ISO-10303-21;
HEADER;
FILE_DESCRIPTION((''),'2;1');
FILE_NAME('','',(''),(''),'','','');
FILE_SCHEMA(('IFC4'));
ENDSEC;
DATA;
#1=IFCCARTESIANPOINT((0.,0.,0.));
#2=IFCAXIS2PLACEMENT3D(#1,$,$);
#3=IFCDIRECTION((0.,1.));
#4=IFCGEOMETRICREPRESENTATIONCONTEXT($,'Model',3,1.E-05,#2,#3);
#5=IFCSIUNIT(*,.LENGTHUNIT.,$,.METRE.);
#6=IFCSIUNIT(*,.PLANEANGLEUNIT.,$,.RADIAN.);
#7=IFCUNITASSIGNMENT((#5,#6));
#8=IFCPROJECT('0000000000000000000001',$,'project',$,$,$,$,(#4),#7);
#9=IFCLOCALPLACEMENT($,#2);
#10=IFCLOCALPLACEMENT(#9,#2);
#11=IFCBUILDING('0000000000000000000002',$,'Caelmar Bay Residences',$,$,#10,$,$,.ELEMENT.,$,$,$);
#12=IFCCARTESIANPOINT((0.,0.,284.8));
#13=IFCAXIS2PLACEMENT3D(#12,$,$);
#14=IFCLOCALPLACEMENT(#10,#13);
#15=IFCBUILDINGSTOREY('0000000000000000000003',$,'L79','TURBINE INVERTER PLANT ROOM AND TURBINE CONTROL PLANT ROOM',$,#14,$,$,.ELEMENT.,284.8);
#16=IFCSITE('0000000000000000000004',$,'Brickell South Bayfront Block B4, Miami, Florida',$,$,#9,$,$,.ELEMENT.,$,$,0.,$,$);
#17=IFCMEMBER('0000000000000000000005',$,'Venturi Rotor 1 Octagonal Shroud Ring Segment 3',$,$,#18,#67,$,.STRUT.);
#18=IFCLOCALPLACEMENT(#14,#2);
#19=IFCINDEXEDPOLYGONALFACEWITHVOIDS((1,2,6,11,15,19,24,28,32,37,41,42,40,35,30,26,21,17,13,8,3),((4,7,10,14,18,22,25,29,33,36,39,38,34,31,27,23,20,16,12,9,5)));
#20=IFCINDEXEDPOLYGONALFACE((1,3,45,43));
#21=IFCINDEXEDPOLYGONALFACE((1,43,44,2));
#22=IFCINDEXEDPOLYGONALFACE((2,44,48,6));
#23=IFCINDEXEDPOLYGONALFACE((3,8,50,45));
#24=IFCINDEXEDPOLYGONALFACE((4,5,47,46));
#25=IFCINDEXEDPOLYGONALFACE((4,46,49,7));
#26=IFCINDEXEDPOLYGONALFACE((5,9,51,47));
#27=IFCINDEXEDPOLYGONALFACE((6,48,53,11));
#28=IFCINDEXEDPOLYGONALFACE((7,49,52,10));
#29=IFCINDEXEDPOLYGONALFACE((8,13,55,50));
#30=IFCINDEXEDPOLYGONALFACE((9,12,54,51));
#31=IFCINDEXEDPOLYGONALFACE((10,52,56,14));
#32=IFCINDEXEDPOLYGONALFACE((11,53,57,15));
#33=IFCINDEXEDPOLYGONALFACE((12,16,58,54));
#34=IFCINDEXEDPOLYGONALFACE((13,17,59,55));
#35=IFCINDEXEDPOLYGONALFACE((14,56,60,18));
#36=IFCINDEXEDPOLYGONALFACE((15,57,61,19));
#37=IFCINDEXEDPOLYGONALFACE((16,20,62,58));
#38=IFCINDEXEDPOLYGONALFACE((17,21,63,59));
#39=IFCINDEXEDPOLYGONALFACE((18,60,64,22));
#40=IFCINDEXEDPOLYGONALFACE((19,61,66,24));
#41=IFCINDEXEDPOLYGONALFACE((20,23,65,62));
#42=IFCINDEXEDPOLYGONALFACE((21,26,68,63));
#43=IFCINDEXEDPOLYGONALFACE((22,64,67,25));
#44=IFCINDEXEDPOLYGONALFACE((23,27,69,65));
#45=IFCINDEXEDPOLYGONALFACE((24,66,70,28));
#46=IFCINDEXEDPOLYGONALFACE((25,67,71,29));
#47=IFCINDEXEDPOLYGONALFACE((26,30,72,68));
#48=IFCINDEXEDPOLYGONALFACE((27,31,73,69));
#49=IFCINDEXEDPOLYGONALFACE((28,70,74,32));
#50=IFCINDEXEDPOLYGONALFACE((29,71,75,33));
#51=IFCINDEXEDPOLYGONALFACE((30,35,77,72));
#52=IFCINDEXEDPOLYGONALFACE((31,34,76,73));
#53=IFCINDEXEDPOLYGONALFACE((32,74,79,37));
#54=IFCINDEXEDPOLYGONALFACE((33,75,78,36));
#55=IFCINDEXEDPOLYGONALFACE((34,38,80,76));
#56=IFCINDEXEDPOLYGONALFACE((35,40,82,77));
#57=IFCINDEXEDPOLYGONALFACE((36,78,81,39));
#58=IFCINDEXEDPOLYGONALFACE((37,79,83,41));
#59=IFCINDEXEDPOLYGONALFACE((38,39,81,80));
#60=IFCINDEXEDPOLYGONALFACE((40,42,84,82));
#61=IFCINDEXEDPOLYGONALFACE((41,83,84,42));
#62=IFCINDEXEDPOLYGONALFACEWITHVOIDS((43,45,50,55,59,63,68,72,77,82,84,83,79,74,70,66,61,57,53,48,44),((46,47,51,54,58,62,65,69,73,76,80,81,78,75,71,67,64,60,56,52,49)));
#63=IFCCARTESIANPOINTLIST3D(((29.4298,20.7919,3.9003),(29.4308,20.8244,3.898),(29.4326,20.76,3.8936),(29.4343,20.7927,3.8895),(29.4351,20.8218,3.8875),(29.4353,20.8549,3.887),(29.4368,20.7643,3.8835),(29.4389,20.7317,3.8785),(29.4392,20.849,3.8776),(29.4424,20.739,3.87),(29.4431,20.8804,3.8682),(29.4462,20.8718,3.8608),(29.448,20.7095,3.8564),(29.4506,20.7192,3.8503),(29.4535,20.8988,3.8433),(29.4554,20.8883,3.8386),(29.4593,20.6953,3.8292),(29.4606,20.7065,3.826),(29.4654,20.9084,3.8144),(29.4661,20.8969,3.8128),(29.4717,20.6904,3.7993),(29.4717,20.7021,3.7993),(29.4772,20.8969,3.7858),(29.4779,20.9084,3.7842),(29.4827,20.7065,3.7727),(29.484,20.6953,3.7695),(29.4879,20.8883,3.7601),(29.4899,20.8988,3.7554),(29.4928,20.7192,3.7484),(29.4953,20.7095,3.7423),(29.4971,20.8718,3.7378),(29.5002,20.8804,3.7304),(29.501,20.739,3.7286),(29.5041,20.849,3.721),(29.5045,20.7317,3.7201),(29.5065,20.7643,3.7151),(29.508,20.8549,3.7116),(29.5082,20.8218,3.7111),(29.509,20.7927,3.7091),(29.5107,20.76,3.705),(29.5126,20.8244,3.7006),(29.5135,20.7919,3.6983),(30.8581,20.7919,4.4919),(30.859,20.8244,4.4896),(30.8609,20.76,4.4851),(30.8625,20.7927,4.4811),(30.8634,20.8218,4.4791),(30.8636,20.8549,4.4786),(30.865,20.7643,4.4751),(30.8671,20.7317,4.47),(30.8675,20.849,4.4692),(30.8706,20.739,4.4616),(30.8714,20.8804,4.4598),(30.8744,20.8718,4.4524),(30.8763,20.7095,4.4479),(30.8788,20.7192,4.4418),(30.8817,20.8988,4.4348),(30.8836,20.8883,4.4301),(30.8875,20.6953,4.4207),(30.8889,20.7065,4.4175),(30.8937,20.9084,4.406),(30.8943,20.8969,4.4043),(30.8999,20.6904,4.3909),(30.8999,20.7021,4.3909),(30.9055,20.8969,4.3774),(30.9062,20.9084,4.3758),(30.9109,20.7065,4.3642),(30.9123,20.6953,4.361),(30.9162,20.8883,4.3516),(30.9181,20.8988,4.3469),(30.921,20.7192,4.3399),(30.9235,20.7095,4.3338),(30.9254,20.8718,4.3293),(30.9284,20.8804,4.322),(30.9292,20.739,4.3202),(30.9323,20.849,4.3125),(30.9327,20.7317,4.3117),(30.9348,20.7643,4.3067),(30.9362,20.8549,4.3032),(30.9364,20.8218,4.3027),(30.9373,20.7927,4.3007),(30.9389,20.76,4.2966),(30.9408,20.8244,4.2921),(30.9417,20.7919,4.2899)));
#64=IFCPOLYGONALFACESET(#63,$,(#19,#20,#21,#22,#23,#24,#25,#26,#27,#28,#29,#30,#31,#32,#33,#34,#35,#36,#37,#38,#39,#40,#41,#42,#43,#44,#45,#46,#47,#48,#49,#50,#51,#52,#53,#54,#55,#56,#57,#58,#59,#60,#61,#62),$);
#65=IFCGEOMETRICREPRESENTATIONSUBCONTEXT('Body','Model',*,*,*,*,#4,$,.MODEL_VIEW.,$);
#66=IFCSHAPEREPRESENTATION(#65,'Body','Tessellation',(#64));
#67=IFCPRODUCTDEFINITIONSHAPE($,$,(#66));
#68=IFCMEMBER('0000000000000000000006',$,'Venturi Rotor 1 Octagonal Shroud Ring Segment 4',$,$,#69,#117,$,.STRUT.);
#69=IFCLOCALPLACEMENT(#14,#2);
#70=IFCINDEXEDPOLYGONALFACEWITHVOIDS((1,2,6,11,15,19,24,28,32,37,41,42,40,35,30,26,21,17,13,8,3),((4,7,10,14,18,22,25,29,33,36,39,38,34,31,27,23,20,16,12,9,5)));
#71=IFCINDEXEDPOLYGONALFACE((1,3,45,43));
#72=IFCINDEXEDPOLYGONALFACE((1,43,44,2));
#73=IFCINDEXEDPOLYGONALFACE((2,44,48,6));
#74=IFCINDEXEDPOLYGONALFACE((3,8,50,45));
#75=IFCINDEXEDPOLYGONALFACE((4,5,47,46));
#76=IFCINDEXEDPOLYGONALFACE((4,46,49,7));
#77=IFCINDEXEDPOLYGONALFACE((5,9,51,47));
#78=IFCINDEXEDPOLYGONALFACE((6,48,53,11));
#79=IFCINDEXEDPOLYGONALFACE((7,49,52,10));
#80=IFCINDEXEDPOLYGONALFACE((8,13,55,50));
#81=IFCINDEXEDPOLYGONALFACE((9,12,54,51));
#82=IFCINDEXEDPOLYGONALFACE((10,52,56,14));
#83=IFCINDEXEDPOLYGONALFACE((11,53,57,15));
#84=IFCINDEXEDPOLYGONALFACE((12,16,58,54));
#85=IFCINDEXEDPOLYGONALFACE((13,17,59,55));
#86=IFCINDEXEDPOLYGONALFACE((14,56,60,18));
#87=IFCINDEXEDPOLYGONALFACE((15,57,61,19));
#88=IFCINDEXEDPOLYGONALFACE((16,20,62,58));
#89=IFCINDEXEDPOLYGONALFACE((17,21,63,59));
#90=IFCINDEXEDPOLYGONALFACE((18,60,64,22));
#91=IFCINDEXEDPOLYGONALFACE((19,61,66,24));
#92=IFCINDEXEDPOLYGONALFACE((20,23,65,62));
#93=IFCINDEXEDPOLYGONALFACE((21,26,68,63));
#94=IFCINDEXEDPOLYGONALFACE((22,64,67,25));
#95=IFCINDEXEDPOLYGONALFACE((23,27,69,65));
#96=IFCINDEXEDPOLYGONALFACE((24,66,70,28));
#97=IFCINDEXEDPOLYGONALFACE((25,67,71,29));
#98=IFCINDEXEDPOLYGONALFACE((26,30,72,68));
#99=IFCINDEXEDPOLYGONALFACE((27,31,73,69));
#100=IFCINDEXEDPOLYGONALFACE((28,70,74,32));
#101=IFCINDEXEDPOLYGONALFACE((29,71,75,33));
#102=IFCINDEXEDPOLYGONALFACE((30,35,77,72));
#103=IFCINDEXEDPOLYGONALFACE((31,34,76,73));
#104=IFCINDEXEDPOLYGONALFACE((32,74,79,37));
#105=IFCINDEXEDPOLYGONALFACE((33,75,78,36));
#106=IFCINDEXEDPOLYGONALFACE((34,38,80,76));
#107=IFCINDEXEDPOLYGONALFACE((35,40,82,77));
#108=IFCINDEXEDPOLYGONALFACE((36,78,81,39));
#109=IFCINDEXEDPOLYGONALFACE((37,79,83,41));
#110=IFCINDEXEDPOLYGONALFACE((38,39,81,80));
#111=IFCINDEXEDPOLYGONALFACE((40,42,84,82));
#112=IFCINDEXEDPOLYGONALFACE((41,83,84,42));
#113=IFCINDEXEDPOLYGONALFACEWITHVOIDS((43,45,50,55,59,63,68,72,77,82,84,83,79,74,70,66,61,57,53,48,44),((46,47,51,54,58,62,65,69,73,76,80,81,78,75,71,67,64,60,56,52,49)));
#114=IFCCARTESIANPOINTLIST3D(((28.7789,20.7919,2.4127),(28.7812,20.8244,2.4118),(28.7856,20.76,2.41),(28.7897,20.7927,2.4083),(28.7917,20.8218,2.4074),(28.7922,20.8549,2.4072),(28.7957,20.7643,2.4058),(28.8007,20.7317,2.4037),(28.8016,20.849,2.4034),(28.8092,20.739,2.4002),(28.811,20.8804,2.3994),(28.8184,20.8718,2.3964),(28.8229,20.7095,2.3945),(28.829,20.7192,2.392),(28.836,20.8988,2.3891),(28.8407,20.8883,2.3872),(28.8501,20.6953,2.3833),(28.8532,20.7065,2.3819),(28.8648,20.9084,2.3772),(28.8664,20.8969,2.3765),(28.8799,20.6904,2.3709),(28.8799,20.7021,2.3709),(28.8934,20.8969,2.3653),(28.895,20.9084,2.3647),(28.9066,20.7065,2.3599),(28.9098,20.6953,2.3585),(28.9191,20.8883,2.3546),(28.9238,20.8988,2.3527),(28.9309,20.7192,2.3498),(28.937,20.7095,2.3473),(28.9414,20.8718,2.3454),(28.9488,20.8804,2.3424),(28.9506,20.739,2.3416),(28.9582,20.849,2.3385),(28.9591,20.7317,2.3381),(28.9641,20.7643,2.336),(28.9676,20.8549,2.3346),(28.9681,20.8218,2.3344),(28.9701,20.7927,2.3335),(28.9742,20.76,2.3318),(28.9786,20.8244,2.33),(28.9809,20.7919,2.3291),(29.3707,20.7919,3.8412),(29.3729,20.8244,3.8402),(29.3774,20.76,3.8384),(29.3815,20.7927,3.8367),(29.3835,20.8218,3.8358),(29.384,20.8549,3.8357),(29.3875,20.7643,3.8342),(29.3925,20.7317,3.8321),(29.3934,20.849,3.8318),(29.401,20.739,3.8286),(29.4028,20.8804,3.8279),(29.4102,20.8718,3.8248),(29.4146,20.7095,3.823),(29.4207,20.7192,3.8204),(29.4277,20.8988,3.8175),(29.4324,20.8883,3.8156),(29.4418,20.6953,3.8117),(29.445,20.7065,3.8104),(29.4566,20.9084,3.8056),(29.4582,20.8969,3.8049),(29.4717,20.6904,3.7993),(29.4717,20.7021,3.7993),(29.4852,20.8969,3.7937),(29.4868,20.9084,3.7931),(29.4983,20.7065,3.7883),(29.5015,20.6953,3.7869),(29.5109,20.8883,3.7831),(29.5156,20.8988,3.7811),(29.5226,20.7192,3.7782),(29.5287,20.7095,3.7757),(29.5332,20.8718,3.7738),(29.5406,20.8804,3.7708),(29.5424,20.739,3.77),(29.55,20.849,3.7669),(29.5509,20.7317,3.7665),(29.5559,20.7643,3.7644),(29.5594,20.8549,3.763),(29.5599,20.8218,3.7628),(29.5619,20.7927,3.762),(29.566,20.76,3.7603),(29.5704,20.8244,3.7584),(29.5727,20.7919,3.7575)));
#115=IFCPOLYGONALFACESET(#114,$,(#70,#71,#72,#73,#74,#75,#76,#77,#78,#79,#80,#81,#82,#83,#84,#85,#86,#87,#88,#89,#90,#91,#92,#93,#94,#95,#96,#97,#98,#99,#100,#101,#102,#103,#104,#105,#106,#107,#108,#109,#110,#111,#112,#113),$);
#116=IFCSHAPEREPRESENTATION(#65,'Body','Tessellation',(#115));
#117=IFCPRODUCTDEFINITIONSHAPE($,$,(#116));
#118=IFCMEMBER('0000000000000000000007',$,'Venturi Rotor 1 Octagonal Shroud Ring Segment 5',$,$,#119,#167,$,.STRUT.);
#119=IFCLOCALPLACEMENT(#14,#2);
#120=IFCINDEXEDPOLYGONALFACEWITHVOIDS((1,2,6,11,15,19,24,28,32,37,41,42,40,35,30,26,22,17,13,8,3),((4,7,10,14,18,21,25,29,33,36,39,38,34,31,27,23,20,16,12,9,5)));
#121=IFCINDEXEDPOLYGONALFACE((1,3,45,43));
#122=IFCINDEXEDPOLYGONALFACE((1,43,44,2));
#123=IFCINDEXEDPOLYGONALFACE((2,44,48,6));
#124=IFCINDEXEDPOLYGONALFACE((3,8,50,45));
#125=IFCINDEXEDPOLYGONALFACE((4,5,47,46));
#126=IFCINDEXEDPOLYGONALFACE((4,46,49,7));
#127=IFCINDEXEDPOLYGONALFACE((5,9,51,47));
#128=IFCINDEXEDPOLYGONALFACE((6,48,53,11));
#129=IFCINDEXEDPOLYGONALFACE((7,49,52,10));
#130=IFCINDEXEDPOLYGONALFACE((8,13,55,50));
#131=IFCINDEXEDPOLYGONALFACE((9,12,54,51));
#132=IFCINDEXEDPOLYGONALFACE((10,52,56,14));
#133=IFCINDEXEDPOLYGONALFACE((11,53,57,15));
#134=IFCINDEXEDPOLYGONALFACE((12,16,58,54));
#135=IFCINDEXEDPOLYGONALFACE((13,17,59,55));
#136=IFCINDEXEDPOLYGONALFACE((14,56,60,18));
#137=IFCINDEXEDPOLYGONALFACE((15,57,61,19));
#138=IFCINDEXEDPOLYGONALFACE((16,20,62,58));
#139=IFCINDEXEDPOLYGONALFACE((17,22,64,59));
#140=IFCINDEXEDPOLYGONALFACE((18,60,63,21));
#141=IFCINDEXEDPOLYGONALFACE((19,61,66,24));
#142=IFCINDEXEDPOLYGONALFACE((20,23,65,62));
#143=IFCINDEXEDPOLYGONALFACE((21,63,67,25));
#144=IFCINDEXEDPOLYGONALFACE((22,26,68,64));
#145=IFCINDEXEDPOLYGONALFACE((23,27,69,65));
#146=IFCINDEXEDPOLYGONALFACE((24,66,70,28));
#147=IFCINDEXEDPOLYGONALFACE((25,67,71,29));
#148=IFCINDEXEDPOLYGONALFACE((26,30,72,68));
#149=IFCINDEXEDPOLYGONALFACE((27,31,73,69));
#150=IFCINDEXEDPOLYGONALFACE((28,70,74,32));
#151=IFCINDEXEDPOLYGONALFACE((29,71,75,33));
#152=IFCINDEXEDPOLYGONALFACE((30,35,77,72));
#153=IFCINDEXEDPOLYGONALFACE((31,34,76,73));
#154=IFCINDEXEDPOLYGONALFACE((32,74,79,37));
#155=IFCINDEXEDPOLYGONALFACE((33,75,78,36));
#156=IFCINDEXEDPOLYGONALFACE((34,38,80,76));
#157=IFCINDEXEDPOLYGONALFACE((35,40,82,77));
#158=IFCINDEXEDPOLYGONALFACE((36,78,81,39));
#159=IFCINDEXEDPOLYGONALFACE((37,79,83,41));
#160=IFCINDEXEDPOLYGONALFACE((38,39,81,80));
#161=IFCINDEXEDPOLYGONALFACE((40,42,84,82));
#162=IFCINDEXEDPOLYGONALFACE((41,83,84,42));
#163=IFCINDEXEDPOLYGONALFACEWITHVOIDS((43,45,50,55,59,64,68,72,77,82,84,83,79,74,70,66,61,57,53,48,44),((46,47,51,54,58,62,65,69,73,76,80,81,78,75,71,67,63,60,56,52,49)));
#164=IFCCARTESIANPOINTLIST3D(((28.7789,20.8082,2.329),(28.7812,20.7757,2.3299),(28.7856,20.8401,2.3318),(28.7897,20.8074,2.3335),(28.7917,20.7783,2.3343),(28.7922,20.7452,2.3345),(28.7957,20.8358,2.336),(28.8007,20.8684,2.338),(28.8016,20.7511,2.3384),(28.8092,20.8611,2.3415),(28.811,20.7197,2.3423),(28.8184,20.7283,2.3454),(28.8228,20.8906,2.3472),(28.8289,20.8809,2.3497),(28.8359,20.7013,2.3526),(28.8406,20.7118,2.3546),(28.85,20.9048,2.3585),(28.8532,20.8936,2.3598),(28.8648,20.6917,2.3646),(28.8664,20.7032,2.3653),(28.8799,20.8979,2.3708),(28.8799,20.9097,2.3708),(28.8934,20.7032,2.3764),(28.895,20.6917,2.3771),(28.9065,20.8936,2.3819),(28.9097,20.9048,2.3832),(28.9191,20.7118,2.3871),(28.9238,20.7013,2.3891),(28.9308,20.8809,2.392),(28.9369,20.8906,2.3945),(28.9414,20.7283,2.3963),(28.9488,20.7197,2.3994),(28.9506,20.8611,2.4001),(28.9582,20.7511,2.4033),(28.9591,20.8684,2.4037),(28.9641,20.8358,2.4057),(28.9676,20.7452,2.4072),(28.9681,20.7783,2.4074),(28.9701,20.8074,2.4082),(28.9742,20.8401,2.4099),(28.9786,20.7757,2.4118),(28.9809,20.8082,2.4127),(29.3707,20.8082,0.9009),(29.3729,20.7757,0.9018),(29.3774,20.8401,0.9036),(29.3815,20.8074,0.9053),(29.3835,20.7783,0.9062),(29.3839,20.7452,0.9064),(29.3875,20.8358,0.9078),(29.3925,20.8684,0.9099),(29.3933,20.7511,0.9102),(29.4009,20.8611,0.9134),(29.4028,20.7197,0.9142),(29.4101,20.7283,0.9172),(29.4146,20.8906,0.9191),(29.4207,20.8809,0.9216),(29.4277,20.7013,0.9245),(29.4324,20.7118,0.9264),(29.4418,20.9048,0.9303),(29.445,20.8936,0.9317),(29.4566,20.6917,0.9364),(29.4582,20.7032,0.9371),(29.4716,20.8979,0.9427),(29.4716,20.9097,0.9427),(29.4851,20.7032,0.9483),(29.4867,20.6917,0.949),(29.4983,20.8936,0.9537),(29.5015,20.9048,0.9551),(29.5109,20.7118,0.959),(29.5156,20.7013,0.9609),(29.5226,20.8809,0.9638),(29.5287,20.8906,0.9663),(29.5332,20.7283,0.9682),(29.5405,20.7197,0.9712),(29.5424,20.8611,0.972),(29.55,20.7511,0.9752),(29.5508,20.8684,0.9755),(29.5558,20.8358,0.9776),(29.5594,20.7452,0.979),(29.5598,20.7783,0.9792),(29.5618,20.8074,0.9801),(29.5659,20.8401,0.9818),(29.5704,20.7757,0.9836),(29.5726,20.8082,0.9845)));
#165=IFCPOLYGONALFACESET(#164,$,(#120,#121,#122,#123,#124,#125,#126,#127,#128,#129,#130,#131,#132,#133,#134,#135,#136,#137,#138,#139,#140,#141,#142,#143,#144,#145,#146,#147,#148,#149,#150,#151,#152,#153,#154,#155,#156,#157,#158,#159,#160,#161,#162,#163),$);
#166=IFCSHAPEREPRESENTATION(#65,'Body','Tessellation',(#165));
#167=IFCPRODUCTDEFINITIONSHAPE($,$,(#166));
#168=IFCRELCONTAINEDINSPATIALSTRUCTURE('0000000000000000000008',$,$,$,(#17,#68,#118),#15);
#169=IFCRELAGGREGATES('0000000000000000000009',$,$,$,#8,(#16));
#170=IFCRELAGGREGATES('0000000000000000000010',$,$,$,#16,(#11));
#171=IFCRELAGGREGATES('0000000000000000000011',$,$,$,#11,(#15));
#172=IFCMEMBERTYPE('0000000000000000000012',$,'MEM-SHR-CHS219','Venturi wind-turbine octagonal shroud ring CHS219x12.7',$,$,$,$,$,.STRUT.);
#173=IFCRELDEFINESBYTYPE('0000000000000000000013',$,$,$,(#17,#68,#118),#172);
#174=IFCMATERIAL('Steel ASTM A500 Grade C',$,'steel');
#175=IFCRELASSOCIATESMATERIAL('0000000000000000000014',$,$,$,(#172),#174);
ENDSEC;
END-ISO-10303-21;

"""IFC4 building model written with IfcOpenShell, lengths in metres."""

from ifc_helpers import new_model, si_unit, direction, frame, origin, origin_2d, place, context, subcontext, project, spatial, hollow_circle, extrude, material, material_profile, profile_set, type_object, element, save


model = new_model("IFC4")

# Units and contexts
model_context = context("Model", 3, precision=1e-05, world=origin(), true_north=direction((0.0, 1.0)))
body_context = subcontext(model_context, "Body", "Model", "MODEL_VIEW")
ifc_project = project(units=[si_unit("LENGTHUNIT", "METRE"), si_unit("PLANEANGLEUNIT", "RADIAN")], contexts=[model_context])

# Site, building, storey
site_placement = place(None, origin())
site = spatial("IfcSite", under=ifc_project, at=site_placement, Name="Brickell South Bayfront Block B4, Miami, Florida", CompositionType="ELEMENT", RefElevation=0.0)
building_placement = place(site_placement, origin())
building = spatial("IfcBuilding", under=site, at=building_placement, Name="Caelmar Bay Residences", CompositionType="ELEMENT")
storey_placement = place(building_placement, frame((0.0, 0.0, 284.8)))
storey = spatial("IfcBuildingStorey", under=building, at=storey_placement, Name="L79", Description="TURBINE INVERTER PLANT ROOM AND TURBINE CONTROL PLANT ROOM", CompositionType="ELEMENT", Elevation=284.8)

# Members
ifc_material_1 = material(Name="Steel ASTM A500 Grade C", Category="steel")
ifc_material_profile_1 = material_profile(ifc_material_1, hollow_circle(Radius=0.1096, WallThickness=0.0117, at=origin_2d()), Name="CHS219X12.7")
ifc_profile_set_1 = profile_set([ifc_material_profile_1], Name="Steel ASTM A500 Grade C")
member_type_1 = type_object("IfcMemberType", Name="MEM-SHR-CHS219", Description="Venturi wind-turbine octagonal shroud ring CHS219x12.7", PredefinedType="STRUT", material=ifc_profile_set_1)
member_1_placement = place(storey_placement, frame((30.8999, 20.8, 4.3909), z_axis=(-0.923888, 0.0, -0.382663), x_axis=(0.0, -1.0, 0.0)))
element("IfcMember", 1, at=member_1_placement, inside=storey, type_object=member_type_1, Name="Venturi Rotor 1 Octagonal Shroud Ring Segment 3", PredefinedType="STRUT", context=body_context, shape_type="SweptSolid", body=[
    extrude(hollow_circle(Radius=0.1096, WallThickness=0.0117, at=origin_2d()), origin(), (0.0, 0.0, 1.0), 1.5459),
])
member_2_placement = place(storey_placement, frame((29.4717, 20.8, 3.7993), z_axis=(-0.382742, 0.0, -0.923855), x_axis=(0.0, -1.0, 0.0)))
element("IfcMember", 2, at=member_2_placement, inside=storey, type_object=member_type_1, Name="Venturi Rotor 1 Octagonal Shroud Ring Segment 4", PredefinedType="STRUT", context=body_context, shape_type="SweptSolid", body=[
    extrude(hollow_circle(Radius=0.1096, WallThickness=0.0117, at=origin_2d()), origin(), (0.0, 0.0, 1.0), 1.5461),
])
for number, where, z_axis, x_axis, name in (
    (3, (28.8799, 20.8, 2.3708), (0.382798, 0.0, -0.923832), (0.0, 1.0, 0.0), "Venturi Rotor 1 Octagonal Shroud Ring Segment 5"),
):
    element("IfcMember", number, at=place(storey_placement, frame(where, z_axis=z_axis, x_axis=x_axis)), inside=storey, type_object=member_type_1, Name=name, PredefinedType="STRUT", context=body_context, shape_type="SweptSolid", body=[
        extrude(hollow_circle(Radius=0.1096, WallThickness=0.0117, at=origin_2d()), origin(), (0.0, 0.0, 1.0), 1.5459),
    ])

save(model, "model.ifc")
